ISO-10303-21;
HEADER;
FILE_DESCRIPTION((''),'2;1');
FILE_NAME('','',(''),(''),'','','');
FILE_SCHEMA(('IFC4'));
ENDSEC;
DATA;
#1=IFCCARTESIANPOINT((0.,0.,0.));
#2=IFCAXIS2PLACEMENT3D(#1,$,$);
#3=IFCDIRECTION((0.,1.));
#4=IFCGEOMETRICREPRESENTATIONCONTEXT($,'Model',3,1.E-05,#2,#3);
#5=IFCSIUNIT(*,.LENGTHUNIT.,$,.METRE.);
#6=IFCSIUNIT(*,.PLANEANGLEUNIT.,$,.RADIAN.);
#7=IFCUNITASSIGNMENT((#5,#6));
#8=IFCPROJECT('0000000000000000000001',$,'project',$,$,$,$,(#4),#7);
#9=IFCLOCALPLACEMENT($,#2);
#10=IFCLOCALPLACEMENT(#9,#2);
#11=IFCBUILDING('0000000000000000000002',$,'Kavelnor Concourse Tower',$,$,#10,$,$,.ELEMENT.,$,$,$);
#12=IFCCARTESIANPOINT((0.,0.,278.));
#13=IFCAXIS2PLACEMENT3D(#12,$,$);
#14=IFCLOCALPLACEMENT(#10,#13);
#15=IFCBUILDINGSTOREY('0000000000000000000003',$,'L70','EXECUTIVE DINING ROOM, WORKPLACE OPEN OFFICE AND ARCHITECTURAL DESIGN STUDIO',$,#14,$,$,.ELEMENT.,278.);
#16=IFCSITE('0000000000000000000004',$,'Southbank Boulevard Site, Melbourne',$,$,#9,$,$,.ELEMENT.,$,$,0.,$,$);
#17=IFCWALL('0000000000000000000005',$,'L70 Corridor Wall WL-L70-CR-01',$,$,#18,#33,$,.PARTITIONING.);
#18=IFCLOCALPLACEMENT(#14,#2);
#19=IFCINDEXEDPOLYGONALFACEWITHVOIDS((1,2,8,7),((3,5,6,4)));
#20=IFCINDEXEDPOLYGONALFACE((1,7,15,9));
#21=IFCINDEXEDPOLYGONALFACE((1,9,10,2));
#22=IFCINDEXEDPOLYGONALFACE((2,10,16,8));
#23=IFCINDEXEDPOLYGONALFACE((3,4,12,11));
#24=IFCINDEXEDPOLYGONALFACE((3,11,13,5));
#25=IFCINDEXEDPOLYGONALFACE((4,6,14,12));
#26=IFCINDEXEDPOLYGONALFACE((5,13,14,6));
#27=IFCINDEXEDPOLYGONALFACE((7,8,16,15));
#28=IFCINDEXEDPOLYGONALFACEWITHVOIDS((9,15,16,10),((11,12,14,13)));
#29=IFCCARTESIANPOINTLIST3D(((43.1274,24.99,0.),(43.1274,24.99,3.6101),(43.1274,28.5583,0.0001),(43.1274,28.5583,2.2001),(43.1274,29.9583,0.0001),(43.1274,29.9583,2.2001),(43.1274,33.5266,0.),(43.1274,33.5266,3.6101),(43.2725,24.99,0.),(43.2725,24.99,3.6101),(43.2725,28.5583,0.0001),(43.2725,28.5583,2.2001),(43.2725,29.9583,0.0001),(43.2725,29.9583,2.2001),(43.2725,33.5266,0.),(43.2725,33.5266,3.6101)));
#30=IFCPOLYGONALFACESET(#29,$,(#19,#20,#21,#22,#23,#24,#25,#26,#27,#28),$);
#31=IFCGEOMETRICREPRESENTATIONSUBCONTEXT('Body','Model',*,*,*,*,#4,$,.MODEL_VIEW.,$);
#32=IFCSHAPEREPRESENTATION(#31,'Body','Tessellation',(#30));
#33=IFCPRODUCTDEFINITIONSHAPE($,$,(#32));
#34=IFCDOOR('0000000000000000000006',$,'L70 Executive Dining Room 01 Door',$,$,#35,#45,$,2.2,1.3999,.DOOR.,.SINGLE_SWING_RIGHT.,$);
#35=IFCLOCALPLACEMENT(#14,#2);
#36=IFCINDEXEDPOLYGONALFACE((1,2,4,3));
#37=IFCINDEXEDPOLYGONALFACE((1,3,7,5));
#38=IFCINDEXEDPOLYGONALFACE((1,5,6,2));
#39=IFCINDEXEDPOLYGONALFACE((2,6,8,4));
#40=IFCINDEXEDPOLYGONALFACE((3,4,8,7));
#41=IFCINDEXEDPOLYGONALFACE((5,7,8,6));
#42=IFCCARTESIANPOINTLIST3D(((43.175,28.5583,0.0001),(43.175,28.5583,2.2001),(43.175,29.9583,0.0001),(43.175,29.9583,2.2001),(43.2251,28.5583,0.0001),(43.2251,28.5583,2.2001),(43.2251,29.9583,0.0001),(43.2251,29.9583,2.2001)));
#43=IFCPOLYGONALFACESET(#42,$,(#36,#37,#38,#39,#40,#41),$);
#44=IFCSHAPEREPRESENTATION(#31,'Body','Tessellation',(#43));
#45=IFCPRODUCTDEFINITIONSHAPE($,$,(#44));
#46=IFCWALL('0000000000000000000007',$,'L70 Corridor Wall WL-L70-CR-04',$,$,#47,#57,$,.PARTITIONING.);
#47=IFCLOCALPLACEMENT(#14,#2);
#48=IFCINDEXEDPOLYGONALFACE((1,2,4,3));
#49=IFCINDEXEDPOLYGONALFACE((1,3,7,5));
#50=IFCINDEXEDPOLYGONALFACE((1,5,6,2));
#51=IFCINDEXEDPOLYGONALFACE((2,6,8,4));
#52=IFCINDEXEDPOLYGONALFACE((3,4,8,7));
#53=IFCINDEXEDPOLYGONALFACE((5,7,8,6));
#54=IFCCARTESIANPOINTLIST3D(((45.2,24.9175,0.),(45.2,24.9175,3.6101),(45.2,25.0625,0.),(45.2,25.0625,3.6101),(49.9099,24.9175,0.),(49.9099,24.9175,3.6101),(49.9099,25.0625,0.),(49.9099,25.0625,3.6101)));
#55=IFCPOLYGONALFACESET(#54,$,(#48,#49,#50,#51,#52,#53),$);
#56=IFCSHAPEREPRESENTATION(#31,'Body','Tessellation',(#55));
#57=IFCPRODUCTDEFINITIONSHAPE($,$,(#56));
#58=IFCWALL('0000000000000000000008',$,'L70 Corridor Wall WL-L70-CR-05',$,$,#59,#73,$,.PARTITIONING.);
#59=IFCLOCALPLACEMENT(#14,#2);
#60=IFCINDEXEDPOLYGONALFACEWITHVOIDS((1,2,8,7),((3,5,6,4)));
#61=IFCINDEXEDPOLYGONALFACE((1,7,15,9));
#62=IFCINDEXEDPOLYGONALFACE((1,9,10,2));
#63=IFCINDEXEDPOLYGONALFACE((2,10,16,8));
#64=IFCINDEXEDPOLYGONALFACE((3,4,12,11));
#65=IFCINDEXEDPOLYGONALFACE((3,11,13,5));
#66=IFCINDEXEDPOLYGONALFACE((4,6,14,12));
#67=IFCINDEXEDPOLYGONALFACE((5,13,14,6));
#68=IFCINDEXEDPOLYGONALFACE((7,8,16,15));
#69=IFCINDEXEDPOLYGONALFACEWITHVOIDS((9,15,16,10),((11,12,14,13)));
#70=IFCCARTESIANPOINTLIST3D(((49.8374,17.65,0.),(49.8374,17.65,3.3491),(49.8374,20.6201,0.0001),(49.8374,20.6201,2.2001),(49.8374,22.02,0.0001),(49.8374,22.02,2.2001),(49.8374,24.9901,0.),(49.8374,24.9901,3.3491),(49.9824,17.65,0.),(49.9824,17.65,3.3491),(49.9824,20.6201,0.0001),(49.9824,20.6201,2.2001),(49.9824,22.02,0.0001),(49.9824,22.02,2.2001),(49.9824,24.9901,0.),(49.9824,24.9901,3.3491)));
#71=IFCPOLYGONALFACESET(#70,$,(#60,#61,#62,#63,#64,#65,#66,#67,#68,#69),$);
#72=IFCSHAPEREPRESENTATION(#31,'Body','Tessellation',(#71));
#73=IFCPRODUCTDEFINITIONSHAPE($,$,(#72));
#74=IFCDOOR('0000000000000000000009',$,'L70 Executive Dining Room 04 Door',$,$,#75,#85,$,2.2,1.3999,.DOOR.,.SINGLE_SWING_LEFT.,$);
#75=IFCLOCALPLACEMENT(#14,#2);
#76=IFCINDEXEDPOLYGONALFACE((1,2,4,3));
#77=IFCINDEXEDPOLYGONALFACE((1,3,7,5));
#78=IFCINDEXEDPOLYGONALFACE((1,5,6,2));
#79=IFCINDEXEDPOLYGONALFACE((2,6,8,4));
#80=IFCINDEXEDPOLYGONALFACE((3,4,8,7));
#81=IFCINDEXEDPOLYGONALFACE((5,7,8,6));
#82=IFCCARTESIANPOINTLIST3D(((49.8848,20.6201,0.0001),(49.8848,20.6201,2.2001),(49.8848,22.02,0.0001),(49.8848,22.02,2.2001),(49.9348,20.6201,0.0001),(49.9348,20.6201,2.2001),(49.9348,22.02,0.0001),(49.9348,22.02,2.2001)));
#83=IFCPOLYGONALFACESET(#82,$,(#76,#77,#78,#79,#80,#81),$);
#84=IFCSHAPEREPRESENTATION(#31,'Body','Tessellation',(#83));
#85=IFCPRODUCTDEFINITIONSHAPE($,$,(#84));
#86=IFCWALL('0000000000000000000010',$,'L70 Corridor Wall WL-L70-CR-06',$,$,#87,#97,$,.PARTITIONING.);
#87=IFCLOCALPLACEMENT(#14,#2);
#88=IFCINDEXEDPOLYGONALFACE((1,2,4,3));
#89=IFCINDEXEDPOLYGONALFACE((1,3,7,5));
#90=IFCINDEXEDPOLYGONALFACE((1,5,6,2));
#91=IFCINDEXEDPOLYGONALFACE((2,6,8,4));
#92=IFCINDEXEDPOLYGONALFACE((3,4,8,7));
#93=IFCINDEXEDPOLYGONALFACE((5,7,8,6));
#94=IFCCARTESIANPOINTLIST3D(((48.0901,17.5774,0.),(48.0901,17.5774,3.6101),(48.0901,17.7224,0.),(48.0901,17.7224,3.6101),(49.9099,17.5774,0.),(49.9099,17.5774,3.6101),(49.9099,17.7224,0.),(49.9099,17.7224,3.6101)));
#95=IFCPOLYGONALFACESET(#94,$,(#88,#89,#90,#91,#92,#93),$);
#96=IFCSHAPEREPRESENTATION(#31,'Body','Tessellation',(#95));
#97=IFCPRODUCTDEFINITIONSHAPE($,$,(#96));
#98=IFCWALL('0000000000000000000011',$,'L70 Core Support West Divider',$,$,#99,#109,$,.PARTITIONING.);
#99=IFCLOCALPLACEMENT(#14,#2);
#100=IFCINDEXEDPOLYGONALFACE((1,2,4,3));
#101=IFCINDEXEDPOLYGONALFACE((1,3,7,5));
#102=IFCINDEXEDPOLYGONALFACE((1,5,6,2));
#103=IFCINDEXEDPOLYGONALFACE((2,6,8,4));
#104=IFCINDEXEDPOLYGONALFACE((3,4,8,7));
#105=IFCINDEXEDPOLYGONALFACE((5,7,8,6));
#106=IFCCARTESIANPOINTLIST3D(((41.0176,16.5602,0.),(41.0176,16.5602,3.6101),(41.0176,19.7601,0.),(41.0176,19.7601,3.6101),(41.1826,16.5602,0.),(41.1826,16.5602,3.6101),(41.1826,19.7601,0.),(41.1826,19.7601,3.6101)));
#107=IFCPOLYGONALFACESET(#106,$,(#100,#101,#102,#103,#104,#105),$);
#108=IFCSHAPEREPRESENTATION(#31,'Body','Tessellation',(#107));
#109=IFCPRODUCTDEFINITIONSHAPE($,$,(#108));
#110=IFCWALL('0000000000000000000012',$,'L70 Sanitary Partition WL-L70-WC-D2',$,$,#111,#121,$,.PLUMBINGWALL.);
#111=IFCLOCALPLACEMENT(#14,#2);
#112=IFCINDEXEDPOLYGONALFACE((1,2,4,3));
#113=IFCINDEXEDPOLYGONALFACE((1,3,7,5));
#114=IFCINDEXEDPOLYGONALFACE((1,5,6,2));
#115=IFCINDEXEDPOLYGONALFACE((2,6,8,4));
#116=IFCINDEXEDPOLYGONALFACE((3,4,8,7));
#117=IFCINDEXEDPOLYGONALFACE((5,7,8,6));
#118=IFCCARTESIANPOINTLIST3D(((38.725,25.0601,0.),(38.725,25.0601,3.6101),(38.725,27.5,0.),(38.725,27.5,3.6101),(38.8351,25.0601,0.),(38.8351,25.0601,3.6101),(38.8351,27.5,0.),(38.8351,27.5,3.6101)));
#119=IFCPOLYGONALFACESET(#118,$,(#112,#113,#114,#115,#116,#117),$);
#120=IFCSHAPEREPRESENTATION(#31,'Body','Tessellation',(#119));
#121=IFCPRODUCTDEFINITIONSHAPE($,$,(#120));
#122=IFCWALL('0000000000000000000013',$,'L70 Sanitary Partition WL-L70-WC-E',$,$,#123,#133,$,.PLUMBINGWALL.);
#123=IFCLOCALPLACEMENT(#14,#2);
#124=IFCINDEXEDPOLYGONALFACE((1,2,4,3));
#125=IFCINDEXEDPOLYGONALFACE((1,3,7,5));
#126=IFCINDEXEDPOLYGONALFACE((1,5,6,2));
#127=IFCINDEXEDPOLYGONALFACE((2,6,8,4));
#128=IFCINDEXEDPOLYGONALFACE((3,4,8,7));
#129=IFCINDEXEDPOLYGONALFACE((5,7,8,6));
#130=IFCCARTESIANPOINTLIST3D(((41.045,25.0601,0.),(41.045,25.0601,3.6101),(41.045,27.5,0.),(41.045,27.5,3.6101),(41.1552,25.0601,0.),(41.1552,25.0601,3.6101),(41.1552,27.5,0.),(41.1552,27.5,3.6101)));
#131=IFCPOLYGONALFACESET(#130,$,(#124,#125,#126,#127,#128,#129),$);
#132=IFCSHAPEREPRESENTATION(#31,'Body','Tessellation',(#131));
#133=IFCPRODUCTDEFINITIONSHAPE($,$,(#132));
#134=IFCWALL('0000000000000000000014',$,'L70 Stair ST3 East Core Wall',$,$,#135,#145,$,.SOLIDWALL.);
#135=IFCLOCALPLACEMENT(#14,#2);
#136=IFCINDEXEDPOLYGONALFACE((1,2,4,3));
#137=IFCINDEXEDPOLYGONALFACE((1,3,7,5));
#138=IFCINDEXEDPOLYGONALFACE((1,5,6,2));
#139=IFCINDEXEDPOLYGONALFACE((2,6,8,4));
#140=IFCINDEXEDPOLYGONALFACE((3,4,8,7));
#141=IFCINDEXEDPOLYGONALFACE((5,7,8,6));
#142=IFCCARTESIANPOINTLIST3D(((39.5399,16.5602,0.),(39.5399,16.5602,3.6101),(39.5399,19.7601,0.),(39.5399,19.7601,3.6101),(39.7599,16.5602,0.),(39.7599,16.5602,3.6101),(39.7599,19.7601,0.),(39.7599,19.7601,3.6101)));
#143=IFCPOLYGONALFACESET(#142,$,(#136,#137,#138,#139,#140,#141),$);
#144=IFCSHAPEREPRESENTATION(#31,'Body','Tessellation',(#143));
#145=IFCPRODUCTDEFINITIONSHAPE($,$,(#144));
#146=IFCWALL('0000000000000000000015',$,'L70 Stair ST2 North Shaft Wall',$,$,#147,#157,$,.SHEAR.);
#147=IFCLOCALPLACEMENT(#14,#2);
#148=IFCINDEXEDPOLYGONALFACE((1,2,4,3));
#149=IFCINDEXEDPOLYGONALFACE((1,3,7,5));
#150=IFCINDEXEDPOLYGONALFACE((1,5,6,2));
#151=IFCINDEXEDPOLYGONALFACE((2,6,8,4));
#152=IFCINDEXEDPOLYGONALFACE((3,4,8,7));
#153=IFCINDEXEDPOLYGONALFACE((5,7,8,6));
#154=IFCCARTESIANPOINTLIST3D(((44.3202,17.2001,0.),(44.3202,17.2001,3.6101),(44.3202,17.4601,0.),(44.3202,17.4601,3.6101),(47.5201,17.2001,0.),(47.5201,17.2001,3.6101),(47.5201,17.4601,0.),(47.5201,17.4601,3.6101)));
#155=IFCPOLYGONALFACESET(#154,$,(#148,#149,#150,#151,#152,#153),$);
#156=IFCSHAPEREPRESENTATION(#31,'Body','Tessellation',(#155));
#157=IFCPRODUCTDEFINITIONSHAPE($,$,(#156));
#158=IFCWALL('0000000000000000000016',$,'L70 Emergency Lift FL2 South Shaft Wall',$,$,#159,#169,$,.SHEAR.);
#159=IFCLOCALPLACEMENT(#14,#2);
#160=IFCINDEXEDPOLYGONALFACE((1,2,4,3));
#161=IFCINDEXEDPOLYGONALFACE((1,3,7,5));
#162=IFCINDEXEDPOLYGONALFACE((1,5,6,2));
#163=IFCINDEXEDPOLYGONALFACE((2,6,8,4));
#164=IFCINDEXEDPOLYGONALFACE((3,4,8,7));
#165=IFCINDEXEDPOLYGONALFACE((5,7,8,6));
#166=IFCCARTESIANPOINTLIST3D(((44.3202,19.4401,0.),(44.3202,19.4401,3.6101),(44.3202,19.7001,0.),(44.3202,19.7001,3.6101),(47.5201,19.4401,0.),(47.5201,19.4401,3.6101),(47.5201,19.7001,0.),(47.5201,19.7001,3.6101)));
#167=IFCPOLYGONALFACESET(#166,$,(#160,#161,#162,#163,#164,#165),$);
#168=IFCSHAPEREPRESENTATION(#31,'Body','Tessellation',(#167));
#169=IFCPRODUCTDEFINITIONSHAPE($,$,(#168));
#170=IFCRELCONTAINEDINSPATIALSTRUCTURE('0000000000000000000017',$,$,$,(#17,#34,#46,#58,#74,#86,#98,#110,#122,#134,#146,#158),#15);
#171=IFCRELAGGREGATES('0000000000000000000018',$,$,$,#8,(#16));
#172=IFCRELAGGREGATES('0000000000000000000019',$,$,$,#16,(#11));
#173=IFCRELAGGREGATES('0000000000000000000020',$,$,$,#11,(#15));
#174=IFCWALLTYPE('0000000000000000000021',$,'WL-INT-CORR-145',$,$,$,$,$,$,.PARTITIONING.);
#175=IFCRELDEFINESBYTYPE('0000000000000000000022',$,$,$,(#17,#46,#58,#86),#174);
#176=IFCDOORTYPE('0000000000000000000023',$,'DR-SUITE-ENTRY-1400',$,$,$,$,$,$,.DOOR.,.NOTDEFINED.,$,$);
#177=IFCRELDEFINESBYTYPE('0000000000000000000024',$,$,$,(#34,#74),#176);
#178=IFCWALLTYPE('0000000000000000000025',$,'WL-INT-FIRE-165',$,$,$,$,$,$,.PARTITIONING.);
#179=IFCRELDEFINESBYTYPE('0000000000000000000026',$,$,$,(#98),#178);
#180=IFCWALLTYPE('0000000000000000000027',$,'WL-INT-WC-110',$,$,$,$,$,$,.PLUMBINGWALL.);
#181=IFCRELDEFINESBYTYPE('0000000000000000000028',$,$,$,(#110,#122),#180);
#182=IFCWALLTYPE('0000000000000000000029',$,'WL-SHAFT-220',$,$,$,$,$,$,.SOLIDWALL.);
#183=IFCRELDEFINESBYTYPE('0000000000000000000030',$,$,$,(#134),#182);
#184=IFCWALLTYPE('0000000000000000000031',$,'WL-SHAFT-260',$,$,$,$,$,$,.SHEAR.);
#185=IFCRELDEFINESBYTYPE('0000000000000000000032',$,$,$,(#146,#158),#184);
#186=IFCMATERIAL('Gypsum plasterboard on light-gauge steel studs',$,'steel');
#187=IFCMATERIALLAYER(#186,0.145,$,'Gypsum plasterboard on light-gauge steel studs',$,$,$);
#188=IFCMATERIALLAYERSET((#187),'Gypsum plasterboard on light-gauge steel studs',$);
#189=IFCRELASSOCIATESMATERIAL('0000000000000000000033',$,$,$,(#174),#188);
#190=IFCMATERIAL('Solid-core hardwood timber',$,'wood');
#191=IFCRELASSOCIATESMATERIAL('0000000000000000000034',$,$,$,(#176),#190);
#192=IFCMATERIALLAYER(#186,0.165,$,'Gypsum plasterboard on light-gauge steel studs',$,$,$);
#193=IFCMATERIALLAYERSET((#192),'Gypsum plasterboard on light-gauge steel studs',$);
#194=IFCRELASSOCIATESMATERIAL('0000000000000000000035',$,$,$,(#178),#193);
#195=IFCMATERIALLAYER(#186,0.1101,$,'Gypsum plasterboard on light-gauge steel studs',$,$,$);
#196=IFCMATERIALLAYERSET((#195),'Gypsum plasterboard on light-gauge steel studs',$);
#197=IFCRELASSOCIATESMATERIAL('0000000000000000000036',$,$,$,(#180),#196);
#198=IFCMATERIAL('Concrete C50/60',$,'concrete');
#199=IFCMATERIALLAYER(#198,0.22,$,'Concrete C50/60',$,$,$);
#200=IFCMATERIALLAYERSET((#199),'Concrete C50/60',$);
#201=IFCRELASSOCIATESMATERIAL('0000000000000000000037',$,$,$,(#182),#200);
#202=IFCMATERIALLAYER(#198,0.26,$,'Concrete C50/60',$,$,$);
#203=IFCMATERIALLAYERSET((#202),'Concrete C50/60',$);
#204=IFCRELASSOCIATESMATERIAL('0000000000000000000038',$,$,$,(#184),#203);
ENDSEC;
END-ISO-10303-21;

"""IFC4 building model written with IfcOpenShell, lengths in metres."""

from ifc_helpers import new_model, si_unit, direction, frame, frame_2d, origin, place, context, subcontext, project, spatial, rectangle, extrude, material, layer, layer_set, type_object, element, fill, save


model = new_model("IFC4")

# Units and contexts
model_context = context("Model", 3, precision=1e-05, world=origin(), true_north=direction((0.0, 1.0)))
body_context = subcontext(model_context, "Body", "Model", "MODEL_VIEW")
ifc_project = project(units=[si_unit("LENGTHUNIT", "METRE"), si_unit("PLANEANGLEUNIT", "RADIAN")], contexts=[model_context])

# Site, building, storey
site_placement = place(None, origin())
site = spatial("IfcSite", under=ifc_project, at=site_placement, Name="Southbank Boulevard Site, Melbourne", CompositionType="ELEMENT", RefElevation=0.0)
building_placement = place(site_placement, origin())
building = spatial("IfcBuilding", under=site, at=building_placement, Name="Kavelnor Concourse Tower", CompositionType="ELEMENT")
storey_placement = place(building_placement, frame((0.0, 0.0, 278.0)))
storey = spatial("IfcBuildingStorey", under=building, at=storey_placement, Name="L70", Description="EXECUTIVE DINING ROOM, WORKPLACE OPEN OFFICE AND ARCHITECTURAL DESIGN STUDIO", CompositionType="ELEMENT", Elevation=278.0)

# Wall, opening, door
ifc_material_1 = material(Name="Gypsum plasterboard on light-gauge steel studs", Category="steel")
ifc_layer_1 = layer(ifc_material_1, 0.145, Name="Gypsum plasterboard on light-gauge steel studs")
ifc_layer_set_1 = layer_set([ifc_layer_1], Name="Gypsum plasterboard on light-gauge steel studs")
wall_type_1 = type_object("IfcWallType", Name="WL-INT-CORR-145", PredefinedType="PARTITIONING", material=ifc_layer_set_1)
wall_1_placement = place(storey_placement, frame((43.2, 24.99, 0.0), z_axis=(0.0, 0.0, 1.0), x_axis=(0.0, 1.0, 0.0)))
wall_1 = element("IfcWall", 1, at=wall_1_placement, inside=storey, type_object=wall_type_1, Name="L70 Corridor Wall WL-L70-CR-01", PredefinedType="PARTITIONING", context=body_context, shape_type="SweptSolid", body=[
    extrude(rectangle(XDim=8.5366, YDim=0.145, at=frame_2d((4.2683, 0.0))), origin(), (0.0, 0.0, 1.0), 3.6101),
])
opening_1_placement = place(wall_1_placement, frame((3.5684, 0.0, 0.0)))
opening_1 = element("IfcOpeningElement", 2, at=opening_1_placement, cuts=wall_1, PredefinedType="OPENING", context=body_context, shape_type="SweptSolid", body=[
    extrude(rectangle(XDim=1.3999, YDim=2.2, at=frame_2d((0.7, 1.1001))), frame((0.0, 0.0825, 0.0), z_axis=(0.0, -1.0, 0.0), x_axis=(1.0, 0.0, 0.0)), (0.0, 0.0, 1.0), 0.165),
])
ifc_material_2 = material(Name="Solid-core hardwood timber", Category="wood")
door_type = type_object("IfcDoorType", Name="DR-SUITE-ENTRY-1400", OperationType="NOTDEFINED", PredefinedType="DOOR", material=ifc_material_2)
door_1_placement = place(opening_1_placement, origin())
door_1 = element("IfcDoor", 3, at=door_1_placement, inside=storey, type_object=door_type, Name="L70 Executive Dining Room 01 Door", OperationType="SINGLE_SWING_RIGHT", OverallHeight=2.2, OverallWidth=1.3999, PredefinedType="DOOR", context=body_context, shape_type="SweptSolid", body=[
    extrude(rectangle(XDim=1.3999, YDim=2.2, at=frame_2d((0.7, 1.1001))), frame((0.0, 0.0249, 0.0), z_axis=(0.0, -1.0, 0.0), x_axis=(1.0, 0.0, 0.0)), (0.0, 0.0, 1.0), 0.05),
])
fill(opening_1, door_1)

# Wall
wall_2_placement = place(storey_placement, frame((45.2, 24.99, 0.0), z_axis=(0.0, 0.0, 1.0), x_axis=(1.0, 0.0, 0.0)))
element("IfcWall", 4, at=wall_2_placement, inside=storey, type_object=wall_type_1, Name="L70 Corridor Wall WL-L70-CR-04", PredefinedType="PARTITIONING", context=body_context, shape_type="SweptSolid", body=[
    extrude(rectangle(XDim=4.71, YDim=0.145, at=frame_2d((2.355, 0.0))), origin(), (0.0, 0.0, 1.0), 3.6101),
])

# Wall, opening, door
wall_3_placement = place(storey_placement, frame((49.9099, 24.99, 0.0), z_axis=(0.0, 0.0, 1.0), x_axis=(0.0, -1.0, 0.0)))
wall_3 = element("IfcWall", 5, at=wall_3_placement, inside=storey, type_object=wall_type_1, Name="L70 Corridor Wall WL-L70-CR-05", PredefinedType="PARTITIONING", context=body_context, shape_type="SweptSolid", body=[
    extrude(rectangle(XDim=7.3401, YDim=0.145, at=frame_2d((3.6699, 0.0))), origin(), (0.0, 0.0, 1.0), 3.3491),
])
opening_2_placement = place(wall_3_placement, frame((2.97, 0.0, 0.0)))
opening_2 = element("IfcOpeningElement", 6, at=opening_2_placement, cuts=wall_3, PredefinedType="OPENING", context=body_context, shape_type="SweptSolid", body=[
    extrude(rectangle(XDim=1.3999, YDim=2.2, at=frame_2d((0.7, 1.1001))), frame((0.0, 0.0825, 0.0), z_axis=(0.0, -1.0, 0.0), x_axis=(1.0, 0.0, 0.0)), (0.0, 0.0, 1.0), 0.165),
])
door_2_placement = place(opening_2_placement, origin())
door_2 = element("IfcDoor", 7, at=door_2_placement, inside=storey, type_object=door_type, Name="L70 Executive Dining Room 04 Door", OperationType="SINGLE_SWING_LEFT", OverallHeight=2.2, OverallWidth=1.3999, PredefinedType="DOOR", context=body_context, shape_type="SweptSolid", body=[
    extrude(rectangle(XDim=1.3999, YDim=2.2, at=frame_2d((0.7, 1.1001))), frame((0.0, 0.0249, 0.0), z_axis=(0.0, -1.0, 0.0), x_axis=(1.0, 0.0, 0.0)), (0.0, 0.0, 1.0), 0.05),
])
fill(opening_2, door_2)

# Walls
wall_4_placement = place(storey_placement, frame((49.9099, 17.6499, 0.0), z_axis=(0.0, 0.0, 1.0), x_axis=(-1.0, 0.0, 0.0)))
element("IfcWall", 8, at=wall_4_placement, inside=storey, type_object=wall_type_1, Name="L70 Corridor Wall WL-L70-CR-06", PredefinedType="PARTITIONING", context=body_context, shape_type="SweptSolid", body=[
    extrude(rectangle(XDim=1.8198, YDim=0.145, at=frame_2d((0.9099, 0.0))), origin(), (0.0, 0.0, 1.0), 3.6101),
])
ifc_layer_2 = layer(ifc_material_1, 0.165, Name="Gypsum plasterboard on light-gauge steel studs")
ifc_layer_set_2 = layer_set([ifc_layer_2], Name="Gypsum plasterboard on light-gauge steel studs")
wall_type_2 = type_object("IfcWallType", Name="WL-INT-FIRE-165", PredefinedType="PARTITIONING", material=ifc_layer_set_2)
wall_5_placement = place(storey_placement, frame((41.1001, 16.5601, 0.0), z_axis=(0.0, 0.0, 1.0), x_axis=(0.0, 1.0, 0.0)))
element("IfcWall", 9, at=wall_5_placement, inside=storey, type_object=wall_type_2, Name="L70 Core Support West Divider", PredefinedType="PARTITIONING", context=body_context, shape_type="SweptSolid", body=[
    extrude(rectangle(XDim=3.2, YDim=0.165, at=frame_2d((1.6001, 0.0))), origin(), (0.0, 0.0, 1.0), 3.6101),
])
ifc_layer_3 = layer(ifc_material_1, 0.1101, Name="Gypsum plasterboard on light-gauge steel studs")
ifc_layer_set_3 = layer_set([ifc_layer_3], Name="Gypsum plasterboard on light-gauge steel studs")
wall_type_3 = type_object("IfcWallType", Name="WL-INT-WC-110", PredefinedType="PLUMBINGWALL", material=ifc_layer_set_3)
for number, where, z_axis, x_axis, name in (
    (10, (38.78, 25.0601, 0.0), (0.0, 0.0, 1.0), (0.0, 1.0, 0.0), "L70 Sanitary Partition WL-L70-WC-D2"),
    (11, (41.1001, 25.0601, 0.0), (0.0, 0.0, 1.0), (0.0, 1.0, 0.0), "L70 Sanitary Partition WL-L70-WC-E"),
):
    element("IfcWall", number, at=place(storey_placement, frame(where, z_axis=z_axis, x_axis=x_axis)), inside=storey, type_object=wall_type_3, Name=name, PredefinedType="PLUMBINGWALL", context=body_context, shape_type="SweptSolid", body=[
        extrude(rectangle(XDim=2.4399, YDim=0.1101, at=frame_2d((1.22, 0.0))), origin(), (0.0, 0.0, 1.0), 3.6101),
    ])
ifc_material_3 = material(Name="Concrete C50/60", Category="concrete")
ifc_layer_4 = layer(ifc_material_3, 0.22, Name="Concrete C50/60")
ifc_layer_set_4 = layer_set([ifc_layer_4], Name="Concrete C50/60")
wall_type_4 = type_object("IfcWallType", Name="WL-SHAFT-220", PredefinedType="SOLIDWALL", material=ifc_layer_set_4)
wall_6_placement = place(storey_placement, frame((39.6499, 16.5601, 0.0), z_axis=(0.0, 0.0, 1.0), x_axis=(0.0, 1.0, 0.0)))
element("IfcWall", 12, at=wall_6_placement, inside=storey, type_object=wall_type_4, Name="L70 Stair ST3 East Core Wall", PredefinedType="SOLIDWALL", context=body_context, shape_type="SweptSolid", body=[
    extrude(rectangle(XDim=3.2, YDim=0.22, at=frame_2d((1.6001, 0.0))), origin(), (0.0, 0.0, 1.0), 3.6101),
])
ifc_layer_5 = layer(ifc_material_3, 0.26, Name="Concrete C50/60")
ifc_layer_set_5 = layer_set([ifc_layer_5], Name="Concrete C50/60")
wall_type_5 = type_object("IfcWallType", Name="WL-SHAFT-260", PredefinedType="SHEAR", material=ifc_layer_set_5)
for number, where, z_axis, x_axis, name in (
    (13, (44.3201, 17.3301, 0.0), (0.0, 0.0, 1.0), (1.0, 0.0, 0.0), "L70 Stair ST2 North Shaft Wall"),
    (14, (44.3201, 19.5701, 0.0), (0.0, 0.0, 1.0), (1.0, 0.0, 0.0), "L70 Emergency Lift FL2 South Shaft Wall"),
):
    element("IfcWall", number, at=place(storey_placement, frame(where, z_axis=z_axis, x_axis=x_axis)), inside=storey, type_object=wall_type_5, Name=name, PredefinedType="SHEAR", context=body_context, shape_type="SweptSolid", body=[
        extrude(rectangle(XDim=3.2, YDim=0.26, at=frame_2d((1.6001, 0.0))), origin(), (0.0, 0.0, 1.0), 3.6101),
    ])

save(model, "model.ifc")
